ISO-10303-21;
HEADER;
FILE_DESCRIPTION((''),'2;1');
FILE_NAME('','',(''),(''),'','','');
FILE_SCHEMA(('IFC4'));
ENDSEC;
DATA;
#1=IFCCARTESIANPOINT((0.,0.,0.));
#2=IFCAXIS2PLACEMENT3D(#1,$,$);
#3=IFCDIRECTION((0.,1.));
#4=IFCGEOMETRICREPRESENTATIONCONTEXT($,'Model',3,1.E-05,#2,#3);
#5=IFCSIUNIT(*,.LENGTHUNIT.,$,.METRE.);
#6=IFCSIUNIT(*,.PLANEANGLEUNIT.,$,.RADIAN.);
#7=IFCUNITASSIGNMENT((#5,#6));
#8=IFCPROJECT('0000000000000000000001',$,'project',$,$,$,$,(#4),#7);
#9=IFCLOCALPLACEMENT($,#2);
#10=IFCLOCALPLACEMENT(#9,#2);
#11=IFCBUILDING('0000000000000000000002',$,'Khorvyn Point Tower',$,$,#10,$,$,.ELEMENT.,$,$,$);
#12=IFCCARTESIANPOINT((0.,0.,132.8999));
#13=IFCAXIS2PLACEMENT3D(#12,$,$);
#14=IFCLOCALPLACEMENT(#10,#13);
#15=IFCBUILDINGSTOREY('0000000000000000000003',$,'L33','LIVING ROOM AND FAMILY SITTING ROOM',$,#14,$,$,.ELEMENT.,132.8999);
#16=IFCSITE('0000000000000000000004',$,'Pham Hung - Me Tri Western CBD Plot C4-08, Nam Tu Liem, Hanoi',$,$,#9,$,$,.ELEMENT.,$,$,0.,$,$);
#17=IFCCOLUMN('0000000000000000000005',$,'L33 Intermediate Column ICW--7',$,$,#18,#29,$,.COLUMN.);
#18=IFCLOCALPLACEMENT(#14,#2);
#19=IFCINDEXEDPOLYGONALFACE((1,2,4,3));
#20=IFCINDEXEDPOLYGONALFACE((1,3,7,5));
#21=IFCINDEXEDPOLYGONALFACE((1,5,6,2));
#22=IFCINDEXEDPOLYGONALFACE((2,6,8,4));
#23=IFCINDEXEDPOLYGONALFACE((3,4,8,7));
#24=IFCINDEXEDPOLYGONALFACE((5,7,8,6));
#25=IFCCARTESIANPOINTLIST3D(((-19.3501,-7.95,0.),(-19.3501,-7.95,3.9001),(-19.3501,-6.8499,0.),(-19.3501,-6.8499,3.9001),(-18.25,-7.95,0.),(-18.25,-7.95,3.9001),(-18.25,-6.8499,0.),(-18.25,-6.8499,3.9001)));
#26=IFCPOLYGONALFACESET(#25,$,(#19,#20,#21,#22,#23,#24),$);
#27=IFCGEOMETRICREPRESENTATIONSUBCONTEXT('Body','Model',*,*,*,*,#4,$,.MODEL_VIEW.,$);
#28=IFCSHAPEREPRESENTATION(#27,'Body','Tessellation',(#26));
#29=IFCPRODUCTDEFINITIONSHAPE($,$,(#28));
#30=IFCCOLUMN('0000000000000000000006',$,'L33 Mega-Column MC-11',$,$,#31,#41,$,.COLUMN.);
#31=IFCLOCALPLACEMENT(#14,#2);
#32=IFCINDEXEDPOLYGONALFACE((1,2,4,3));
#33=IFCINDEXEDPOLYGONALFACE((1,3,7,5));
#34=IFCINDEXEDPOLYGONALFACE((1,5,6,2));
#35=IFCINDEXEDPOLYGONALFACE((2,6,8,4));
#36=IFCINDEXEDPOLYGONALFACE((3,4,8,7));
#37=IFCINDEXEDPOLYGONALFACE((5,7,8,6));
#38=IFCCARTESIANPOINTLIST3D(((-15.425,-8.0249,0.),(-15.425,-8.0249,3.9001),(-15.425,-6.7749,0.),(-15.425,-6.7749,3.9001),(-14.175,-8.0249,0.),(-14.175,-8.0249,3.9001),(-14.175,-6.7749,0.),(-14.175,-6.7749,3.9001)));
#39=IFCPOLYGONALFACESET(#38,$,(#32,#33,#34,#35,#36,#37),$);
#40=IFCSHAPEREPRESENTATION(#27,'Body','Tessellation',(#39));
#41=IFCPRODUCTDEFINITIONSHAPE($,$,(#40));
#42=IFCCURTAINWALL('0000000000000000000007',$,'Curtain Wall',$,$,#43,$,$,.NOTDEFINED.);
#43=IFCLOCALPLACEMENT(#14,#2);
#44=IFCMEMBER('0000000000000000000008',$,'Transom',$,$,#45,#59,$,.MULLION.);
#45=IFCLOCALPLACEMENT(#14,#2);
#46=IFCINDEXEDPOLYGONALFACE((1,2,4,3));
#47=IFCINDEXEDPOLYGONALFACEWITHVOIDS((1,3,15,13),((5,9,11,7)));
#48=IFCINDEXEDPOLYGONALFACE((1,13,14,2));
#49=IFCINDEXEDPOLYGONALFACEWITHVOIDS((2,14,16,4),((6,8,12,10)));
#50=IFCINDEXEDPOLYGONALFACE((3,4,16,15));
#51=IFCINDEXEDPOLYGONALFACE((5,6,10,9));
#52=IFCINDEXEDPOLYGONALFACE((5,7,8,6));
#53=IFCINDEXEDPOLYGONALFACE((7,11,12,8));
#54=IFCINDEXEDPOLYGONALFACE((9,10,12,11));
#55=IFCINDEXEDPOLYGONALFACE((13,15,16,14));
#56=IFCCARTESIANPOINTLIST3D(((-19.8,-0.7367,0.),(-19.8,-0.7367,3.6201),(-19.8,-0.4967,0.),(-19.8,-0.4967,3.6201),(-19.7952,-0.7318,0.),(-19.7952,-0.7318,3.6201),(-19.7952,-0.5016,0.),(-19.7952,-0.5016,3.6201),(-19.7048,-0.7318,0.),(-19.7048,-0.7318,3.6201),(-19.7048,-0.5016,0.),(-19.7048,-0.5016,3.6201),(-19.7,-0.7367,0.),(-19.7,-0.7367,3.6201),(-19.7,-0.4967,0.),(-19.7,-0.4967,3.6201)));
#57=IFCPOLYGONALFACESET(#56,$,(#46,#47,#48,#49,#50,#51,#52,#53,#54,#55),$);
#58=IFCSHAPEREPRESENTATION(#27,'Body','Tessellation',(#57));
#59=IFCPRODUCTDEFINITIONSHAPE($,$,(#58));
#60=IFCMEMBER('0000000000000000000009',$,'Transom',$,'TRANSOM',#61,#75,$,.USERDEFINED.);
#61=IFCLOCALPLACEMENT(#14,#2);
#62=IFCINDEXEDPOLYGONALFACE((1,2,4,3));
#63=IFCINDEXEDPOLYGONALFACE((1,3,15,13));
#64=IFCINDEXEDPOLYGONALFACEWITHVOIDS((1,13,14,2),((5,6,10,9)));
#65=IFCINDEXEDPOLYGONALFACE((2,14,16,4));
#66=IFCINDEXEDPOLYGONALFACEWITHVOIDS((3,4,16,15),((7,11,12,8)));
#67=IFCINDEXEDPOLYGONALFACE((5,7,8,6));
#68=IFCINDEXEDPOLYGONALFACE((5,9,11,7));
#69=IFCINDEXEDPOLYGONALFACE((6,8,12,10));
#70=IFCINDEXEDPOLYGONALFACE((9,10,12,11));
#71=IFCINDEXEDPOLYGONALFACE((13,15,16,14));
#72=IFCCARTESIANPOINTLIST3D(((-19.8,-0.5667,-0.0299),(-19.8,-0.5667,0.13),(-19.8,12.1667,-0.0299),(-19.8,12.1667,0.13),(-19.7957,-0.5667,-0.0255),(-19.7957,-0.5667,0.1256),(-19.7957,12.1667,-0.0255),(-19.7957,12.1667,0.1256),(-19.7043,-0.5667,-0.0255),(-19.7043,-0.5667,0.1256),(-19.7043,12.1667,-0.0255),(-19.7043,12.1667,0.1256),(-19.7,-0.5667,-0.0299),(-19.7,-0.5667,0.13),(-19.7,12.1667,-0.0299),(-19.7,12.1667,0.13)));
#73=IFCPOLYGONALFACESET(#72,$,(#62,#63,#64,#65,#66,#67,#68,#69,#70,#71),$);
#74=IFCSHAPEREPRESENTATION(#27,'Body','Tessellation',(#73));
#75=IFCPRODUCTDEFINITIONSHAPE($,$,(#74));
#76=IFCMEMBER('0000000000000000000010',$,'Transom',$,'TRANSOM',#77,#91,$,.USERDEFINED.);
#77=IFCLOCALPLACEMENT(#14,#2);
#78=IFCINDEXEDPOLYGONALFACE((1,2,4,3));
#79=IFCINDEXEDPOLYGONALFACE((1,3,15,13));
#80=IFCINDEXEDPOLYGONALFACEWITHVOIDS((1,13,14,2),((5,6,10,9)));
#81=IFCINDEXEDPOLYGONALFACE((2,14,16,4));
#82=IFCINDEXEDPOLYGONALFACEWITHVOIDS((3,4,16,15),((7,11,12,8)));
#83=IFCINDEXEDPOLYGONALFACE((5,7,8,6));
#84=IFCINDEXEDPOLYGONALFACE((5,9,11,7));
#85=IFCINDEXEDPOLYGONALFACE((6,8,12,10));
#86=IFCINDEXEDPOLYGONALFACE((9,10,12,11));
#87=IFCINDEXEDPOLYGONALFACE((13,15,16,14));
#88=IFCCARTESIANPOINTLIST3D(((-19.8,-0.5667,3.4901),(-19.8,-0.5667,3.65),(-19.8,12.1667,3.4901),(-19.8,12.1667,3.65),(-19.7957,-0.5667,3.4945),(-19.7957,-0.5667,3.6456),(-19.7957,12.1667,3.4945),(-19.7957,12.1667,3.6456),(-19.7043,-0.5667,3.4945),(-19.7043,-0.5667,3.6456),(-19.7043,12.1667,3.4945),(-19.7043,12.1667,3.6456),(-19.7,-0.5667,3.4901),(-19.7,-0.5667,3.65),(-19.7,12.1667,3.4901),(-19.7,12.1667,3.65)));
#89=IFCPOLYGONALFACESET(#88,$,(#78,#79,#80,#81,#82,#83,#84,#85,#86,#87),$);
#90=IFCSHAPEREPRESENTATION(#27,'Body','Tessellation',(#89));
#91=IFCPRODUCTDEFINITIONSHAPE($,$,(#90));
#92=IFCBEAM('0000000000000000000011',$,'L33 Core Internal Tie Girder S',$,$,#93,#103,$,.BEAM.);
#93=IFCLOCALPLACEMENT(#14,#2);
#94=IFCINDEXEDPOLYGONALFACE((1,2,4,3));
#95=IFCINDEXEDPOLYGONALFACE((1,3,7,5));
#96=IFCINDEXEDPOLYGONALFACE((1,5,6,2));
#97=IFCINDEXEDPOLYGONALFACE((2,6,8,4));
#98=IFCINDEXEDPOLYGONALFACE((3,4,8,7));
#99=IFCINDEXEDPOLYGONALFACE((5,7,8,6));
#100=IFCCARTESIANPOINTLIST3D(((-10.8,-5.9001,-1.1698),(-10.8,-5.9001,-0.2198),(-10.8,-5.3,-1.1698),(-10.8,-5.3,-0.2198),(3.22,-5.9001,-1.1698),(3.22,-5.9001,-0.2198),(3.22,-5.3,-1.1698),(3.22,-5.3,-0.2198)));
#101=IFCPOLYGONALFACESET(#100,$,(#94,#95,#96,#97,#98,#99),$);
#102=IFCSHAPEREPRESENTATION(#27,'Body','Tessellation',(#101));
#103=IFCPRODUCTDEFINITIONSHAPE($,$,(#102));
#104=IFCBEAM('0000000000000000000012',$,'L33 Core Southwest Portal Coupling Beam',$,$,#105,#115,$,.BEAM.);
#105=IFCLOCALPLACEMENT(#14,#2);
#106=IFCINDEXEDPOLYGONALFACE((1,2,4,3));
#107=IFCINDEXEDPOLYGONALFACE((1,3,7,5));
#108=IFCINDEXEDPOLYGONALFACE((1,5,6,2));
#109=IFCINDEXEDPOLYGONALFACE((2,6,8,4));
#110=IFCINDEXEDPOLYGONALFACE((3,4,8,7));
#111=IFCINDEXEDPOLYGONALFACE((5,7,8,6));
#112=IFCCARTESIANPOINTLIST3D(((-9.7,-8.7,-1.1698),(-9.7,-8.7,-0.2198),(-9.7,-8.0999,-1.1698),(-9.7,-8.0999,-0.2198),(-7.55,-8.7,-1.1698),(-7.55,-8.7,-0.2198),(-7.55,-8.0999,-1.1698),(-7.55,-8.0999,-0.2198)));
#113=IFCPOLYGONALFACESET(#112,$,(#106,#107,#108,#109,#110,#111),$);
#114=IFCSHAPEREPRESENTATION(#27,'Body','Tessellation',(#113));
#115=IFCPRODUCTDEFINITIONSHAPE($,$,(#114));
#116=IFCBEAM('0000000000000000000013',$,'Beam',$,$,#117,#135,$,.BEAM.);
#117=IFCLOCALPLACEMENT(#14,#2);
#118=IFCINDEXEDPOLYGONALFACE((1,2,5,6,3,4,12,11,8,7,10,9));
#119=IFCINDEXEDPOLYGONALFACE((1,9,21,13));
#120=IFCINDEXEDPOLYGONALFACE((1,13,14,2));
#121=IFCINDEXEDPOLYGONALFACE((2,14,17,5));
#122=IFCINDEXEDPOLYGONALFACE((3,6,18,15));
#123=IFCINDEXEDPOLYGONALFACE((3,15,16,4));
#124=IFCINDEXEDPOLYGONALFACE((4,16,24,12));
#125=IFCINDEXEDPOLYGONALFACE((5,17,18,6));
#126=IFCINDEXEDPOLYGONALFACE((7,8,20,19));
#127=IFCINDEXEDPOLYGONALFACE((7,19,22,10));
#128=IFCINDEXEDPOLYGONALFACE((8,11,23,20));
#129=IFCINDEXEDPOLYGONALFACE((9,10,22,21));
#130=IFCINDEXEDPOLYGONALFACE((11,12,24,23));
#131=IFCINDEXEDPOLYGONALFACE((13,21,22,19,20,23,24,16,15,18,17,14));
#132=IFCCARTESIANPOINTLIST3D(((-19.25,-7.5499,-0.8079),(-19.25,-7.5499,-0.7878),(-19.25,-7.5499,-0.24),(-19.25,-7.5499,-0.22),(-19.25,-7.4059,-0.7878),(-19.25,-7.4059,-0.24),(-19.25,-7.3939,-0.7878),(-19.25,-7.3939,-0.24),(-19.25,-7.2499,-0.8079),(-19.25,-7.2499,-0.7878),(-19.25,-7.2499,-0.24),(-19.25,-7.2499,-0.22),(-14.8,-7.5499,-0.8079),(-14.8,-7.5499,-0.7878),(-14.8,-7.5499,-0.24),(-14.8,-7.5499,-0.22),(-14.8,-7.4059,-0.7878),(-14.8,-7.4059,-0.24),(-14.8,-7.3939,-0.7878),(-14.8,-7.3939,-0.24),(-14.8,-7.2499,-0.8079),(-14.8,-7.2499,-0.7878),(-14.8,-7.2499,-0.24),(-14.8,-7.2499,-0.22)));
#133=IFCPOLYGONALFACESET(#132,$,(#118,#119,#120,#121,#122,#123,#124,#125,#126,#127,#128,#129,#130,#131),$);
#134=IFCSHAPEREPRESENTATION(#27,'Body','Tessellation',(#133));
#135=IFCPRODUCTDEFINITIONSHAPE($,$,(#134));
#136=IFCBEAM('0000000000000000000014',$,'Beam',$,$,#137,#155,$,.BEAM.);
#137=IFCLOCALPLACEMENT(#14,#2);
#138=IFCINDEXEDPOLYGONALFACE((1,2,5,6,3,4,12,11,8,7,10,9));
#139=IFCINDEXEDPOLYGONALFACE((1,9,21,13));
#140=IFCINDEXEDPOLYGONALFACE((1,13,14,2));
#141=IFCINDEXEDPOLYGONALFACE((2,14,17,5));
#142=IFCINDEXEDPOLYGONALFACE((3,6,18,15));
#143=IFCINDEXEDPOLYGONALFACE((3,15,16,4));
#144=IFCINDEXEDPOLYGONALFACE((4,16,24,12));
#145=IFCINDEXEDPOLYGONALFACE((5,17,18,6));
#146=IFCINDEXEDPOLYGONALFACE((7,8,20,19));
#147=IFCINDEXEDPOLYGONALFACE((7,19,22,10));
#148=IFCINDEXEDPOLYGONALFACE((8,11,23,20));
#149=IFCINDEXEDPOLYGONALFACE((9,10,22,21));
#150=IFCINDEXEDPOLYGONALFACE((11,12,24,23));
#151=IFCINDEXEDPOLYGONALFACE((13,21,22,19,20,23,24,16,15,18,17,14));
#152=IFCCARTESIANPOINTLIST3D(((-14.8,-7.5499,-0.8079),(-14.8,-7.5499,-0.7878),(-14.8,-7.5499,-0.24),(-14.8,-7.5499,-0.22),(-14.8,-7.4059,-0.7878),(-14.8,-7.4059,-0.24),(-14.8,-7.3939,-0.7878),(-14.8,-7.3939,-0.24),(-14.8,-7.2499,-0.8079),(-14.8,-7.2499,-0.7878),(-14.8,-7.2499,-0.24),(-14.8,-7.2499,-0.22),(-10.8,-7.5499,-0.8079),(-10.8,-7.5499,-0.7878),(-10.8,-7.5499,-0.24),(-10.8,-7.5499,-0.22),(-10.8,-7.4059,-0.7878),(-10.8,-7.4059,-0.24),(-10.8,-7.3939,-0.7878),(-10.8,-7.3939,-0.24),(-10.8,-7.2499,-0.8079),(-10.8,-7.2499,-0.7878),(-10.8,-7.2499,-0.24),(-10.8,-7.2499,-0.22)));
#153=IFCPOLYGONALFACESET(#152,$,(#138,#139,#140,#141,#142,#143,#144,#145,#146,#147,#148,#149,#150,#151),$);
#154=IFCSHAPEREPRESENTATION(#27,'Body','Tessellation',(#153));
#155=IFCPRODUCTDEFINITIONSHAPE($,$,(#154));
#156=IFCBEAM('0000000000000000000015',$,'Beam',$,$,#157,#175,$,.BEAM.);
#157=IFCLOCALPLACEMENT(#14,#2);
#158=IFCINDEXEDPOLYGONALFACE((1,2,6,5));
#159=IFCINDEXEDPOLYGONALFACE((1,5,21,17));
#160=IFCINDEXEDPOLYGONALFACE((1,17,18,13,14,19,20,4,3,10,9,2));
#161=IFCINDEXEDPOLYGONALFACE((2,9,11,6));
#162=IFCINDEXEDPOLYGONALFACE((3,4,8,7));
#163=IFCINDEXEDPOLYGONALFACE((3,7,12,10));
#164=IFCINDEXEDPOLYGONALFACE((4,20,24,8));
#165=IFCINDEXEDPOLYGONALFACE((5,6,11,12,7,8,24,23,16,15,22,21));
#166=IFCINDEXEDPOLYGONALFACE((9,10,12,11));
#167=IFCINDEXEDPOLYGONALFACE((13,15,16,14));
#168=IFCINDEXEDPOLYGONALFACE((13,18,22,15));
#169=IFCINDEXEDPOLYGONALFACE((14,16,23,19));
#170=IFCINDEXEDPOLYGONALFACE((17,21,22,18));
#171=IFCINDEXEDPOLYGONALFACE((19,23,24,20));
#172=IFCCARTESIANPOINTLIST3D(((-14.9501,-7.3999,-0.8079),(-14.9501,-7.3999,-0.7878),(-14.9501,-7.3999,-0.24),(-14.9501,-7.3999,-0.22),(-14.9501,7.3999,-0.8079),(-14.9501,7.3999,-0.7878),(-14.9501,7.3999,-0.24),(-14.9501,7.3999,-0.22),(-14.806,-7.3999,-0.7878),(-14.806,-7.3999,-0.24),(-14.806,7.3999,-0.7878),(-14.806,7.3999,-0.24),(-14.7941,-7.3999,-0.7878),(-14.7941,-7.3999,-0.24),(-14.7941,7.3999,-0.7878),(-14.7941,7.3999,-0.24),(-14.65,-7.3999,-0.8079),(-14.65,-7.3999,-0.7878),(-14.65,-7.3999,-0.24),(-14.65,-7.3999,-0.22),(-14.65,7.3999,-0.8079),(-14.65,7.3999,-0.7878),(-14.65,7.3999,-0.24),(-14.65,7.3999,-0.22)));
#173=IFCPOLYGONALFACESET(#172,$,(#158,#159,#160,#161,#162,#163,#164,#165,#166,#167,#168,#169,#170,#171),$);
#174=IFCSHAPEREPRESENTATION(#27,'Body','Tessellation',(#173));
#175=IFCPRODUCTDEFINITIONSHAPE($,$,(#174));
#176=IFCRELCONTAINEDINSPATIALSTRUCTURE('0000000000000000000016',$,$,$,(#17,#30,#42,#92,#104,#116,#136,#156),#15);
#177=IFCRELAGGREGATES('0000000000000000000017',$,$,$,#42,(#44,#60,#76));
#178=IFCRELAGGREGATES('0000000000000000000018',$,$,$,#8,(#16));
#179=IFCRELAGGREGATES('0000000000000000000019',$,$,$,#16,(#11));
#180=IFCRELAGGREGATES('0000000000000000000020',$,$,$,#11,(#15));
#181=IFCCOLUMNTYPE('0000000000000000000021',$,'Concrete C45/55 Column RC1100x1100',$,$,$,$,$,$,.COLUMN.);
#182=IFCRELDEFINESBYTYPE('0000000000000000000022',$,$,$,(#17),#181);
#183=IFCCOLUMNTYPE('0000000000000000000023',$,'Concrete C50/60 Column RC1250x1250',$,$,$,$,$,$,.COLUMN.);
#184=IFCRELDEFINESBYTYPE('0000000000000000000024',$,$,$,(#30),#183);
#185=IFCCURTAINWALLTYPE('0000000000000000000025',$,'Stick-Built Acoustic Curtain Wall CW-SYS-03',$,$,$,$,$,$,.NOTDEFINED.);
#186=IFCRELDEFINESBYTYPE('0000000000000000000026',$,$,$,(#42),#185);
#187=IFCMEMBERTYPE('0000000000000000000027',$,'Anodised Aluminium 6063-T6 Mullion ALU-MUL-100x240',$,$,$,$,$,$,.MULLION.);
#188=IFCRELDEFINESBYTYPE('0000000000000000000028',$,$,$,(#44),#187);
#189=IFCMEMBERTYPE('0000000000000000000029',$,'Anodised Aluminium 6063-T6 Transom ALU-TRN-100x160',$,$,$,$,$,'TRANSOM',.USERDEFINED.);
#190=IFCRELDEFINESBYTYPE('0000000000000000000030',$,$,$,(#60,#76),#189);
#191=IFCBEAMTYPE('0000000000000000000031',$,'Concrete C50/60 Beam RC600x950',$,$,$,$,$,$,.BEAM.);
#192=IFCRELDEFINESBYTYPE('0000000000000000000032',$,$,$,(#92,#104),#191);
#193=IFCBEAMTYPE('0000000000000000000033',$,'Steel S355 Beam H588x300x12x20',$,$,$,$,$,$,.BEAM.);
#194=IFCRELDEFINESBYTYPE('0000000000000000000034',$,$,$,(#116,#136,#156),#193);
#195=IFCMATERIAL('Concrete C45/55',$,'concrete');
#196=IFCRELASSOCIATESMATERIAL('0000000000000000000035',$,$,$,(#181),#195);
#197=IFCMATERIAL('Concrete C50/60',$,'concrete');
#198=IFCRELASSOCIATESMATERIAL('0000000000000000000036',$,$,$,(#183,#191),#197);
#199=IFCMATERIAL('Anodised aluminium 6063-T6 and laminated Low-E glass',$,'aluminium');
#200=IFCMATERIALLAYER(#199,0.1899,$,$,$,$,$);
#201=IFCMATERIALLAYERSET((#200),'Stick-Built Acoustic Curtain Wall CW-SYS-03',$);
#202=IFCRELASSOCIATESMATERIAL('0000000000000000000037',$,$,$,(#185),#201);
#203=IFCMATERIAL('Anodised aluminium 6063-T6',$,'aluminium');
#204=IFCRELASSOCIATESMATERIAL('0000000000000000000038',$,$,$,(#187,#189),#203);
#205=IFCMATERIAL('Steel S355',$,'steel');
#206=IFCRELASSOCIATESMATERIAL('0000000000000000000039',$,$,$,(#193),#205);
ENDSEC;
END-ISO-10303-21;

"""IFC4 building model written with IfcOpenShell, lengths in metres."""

from ifc_helpers import new_model, si_unit, direction, frame, origin, origin_2d, place, context, subcontext, project, spatial, rectangle, hollow_rectangle, i_section, extrude, material, layer, layer_set, material_profile, profile_set, type_object, element, aggregate, save


model = new_model("IFC4")

# Units and contexts
model_context = context("Model", 3, precision=1e-05, world=origin(), true_north=direction((0.0, 1.0)))
body_context = subcontext(model_context, "Body", "Model", "MODEL_VIEW")
ifc_project = project(units=[si_unit("LENGTHUNIT", "METRE"), si_unit("PLANEANGLEUNIT", "RADIAN")], contexts=[model_context])

# Site, building, storey
site_placement = place(None, origin())
site = spatial("IfcSite", under=ifc_project, at=site_placement, Name="Pham Hung - Me Tri Western CBD Plot C4-08, Nam Tu Liem, Hanoi", CompositionType="ELEMENT", RefElevation=0.0)
building_placement = place(site_placement, origin())
building = spatial("IfcBuilding", under=site, at=building_placement, Name="Khorvyn Point Tower", CompositionType="ELEMENT")
storey_placement = place(building_placement, frame((0.0, 0.0, 132.8999)))
storey = spatial("IfcBuildingStorey", under=building, at=storey_placement, Name="L33", Description="LIVING ROOM AND FAMILY SITTING ROOM", CompositionType="ELEMENT", Elevation=132.8999)

# Columns
ifc_material_1 = material(Name="Concrete C45/55", Category="concrete")
ifc_material_profile_1 = material_profile(ifc_material_1, rectangle(XDim=1.1001, YDim=1.1001, at=origin_2d()))
ifc_profile_set_1 = profile_set([ifc_material_profile_1], Name="Concrete C45/55 RC1100x1100")
column_type_1 = type_object("IfcColumnType", Name="Concrete C45/55 Column RC1100x1100", PredefinedType="COLUMN", material=ifc_profile_set_1)
column_1_placement = place(storey_placement, frame((-18.8, -7.3999, 0.0), z_axis=(0.0, 0.0, 1.0), x_axis=(1.0, 0.0, 0.0)))
element("IfcColumn", 1, at=column_1_placement, inside=storey, type_object=column_type_1, Name="L33 Intermediate Column ICW--7", PredefinedType="COLUMN", context=body_context, shape_type="SweptSolid", body=[
    extrude(rectangle(XDim=1.1001, YDim=1.1001, at=origin_2d()), origin(), (0.0, 0.0, 1.0), 3.9001),
])
ifc_material_2 = material(Name="Concrete C50/60", Category="concrete")
ifc_material_profile_2 = material_profile(ifc_material_2, rectangle(XDim=1.25, YDim=1.25, at=origin_2d()))
ifc_profile_set_2 = profile_set([ifc_material_profile_2], Name="Concrete C50/60 RC1250x1250")
column_type_2 = type_object("IfcColumnType", Name="Concrete C50/60 Column RC1250x1250", PredefinedType="COLUMN", material=ifc_profile_set_2)
column_2_placement = place(storey_placement, frame((-14.8, -7.3999, 0.0), z_axis=(0.0, 0.0, 1.0), x_axis=(1.0, 0.0, 0.0)))
element("IfcColumn", 2, at=column_2_placement, inside=storey, type_object=column_type_2, Name="L33 Mega-Column MC-11", PredefinedType="COLUMN", context=body_context, shape_type="SweptSolid", body=[
    extrude(rectangle(XDim=1.25, YDim=1.25, at=origin_2d()), origin(), (0.0, 0.0, 1.0), 3.9001),
])

# Curtain wall, members
ifc_material_3 = material(Name="Anodised aluminium 6063-T6 and laminated Low-E glass", Category="aluminium")
ifc_layer_1 = layer(ifc_material_3, 0.1899)
ifc_layer_set_1 = layer_set([ifc_layer_1], Name="Stick-Built Acoustic Curtain Wall CW-SYS-03")
curtain_wall_type = type_object("IfcCurtainWallType", Name="Stick-Built Acoustic Curtain Wall CW-SYS-03", PredefinedType="NOTDEFINED", material=ifc_layer_set_1)
curtain_wall_placement = place(storey_placement, origin())
curtain_wall = element("IfcCurtainWall", 3, at=curtain_wall_placement, inside=storey, type_object=curtain_wall_type, Name="Curtain Wall", PredefinedType="NOTDEFINED")
ifc_material_4 = material(Name="Anodised aluminium 6063-T6", Category="aluminium")
ifc_material_profile_3 = material_profile(ifc_material_4, hollow_rectangle(XDim=0.1001, YDim=0.24, WallThickness=0.0049, at=origin_2d()))
ifc_profile_set_3 = profile_set([ifc_material_profile_3], Name="Anodised aluminium 6063-T6 ALU-MUL-100x240")
member_type_1 = type_object("IfcMemberType", Name="Anodised Aluminium 6063-T6 Mullion ALU-MUL-100x240", PredefinedType="MULLION", material=ifc_profile_set_3)
member_1_placement = place(storey_placement, frame((-19.75, -0.6167, 0.0), z_axis=(0.0, 0.0, 1.0), x_axis=(-1.0, 0.0, 0.0)))
member_1 = element("IfcMember", 4, at=member_1_placement, type_object=member_type_1, Name="Transom", PredefinedType="MULLION", context=body_context, shape_type="SweptSolid", body=[
    extrude(hollow_rectangle(XDim=0.1001, YDim=0.24, WallThickness=0.0049, at=origin_2d()), origin(), (0.0, 0.0, 1.0), 3.6201),
])
ifc_material_profile_4 = material_profile(ifc_material_4, hollow_rectangle(XDim=0.1001, YDim=0.1599, WallThickness=0.0044, at=origin_2d()))
ifc_profile_set_4 = profile_set([ifc_material_profile_4], Name="Anodised aluminium 6063-T6 ALU-TRN-100x160")
member_type_2 = type_object("IfcMemberType", Name="Anodised Aluminium 6063-T6 Transom ALU-TRN-100x160", ElementType="TRANSOM", PredefinedType="USERDEFINED", material=ifc_profile_set_4)
member_2_placement = place(storey_placement, frame((-19.75, -0.5667, 0.05), z_axis=(0.0, 1.0, 0.0), x_axis=(-1.0, 0.0, 0.0)))
member_2 = element("IfcMember", 5, at=member_2_placement, type_object=member_type_2, Name="Transom", ObjectType="TRANSOM", PredefinedType="USERDEFINED", context=body_context, shape_type="SweptSolid", body=[
    extrude(hollow_rectangle(XDim=0.1001, YDim=0.1599, WallThickness=0.0044, at=origin_2d()), origin(), (0.0, 0.0, 1.0), 12.7334),
])
member_3_placement = place(storey_placement, frame((-19.75, -0.5667, 3.5701), z_axis=(0.0, 1.0, 0.0), x_axis=(-1.0, 0.0, 0.0)))
member_3 = element("IfcMember", 6, at=member_3_placement, type_object=member_type_2, Name="Transom", ObjectType="TRANSOM", PredefinedType="USERDEFINED", context=body_context, shape_type="SweptSolid", body=[
    extrude(hollow_rectangle(XDim=0.1001, YDim=0.1599, WallThickness=0.0044, at=origin_2d()), origin(), (0.0, 0.0, 1.0), 12.7334),
])

# Beams
ifc_material_profile_5 = material_profile(ifc_material_2, rectangle(XDim=0.6001, YDim=0.95, at=origin_2d()))
ifc_profile_set_5 = profile_set([ifc_material_profile_5], Name="Concrete C50/60 RC600x950")
beam_type_1 = type_object("IfcBeamType", Name="Concrete C50/60 Beam RC600x950", PredefinedType="BEAM", material=ifc_profile_set_5)
beam_1_placement = place(storey_placement, frame((-10.8, -5.6001, -0.6948), z_axis=(1.0, 0.0, 0.0), x_axis=(0.0, 1.0, 0.0)))
element("IfcBeam", 7, at=beam_1_placement, inside=storey, type_object=beam_type_1, Name="L33 Core Internal Tie Girder S", PredefinedType="BEAM", context=body_context, shape_type="SweptSolid", body=[
    extrude(rectangle(XDim=0.6001, YDim=0.95, at=origin_2d()), origin(), (0.0, 0.0, 1.0), 14.02),
])
beam_2_placement = place(storey_placement, frame((-9.7, -8.3999, -0.6948), z_axis=(1.0, 0.0, 0.0), x_axis=(0.0, 1.0, 0.0)))
element("IfcBeam", 8, at=beam_2_placement, inside=storey, type_object=beam_type_1, Name="L33 Core Southwest Portal Coupling Beam", PredefinedType="BEAM", context=body_context, shape_type="SweptSolid", body=[
    extrude(rectangle(XDim=0.6001, YDim=0.95, at=origin_2d()), origin(), (0.0, 0.0, 1.0), 2.1499),
])
ifc_material_5 = material(Name="Steel S355", Category="steel")
ifc_material_profile_6 = material_profile(ifc_material_5, i_section(OverallWidth=0.3, OverallDepth=0.5879, WebThickness=0.012, FlangeThickness=0.02, at=origin_2d()))
ifc_profile_set_6 = profile_set([ifc_material_profile_6], Name="Steel S355 H588x300x12x20")
beam_type_2 = type_object("IfcBeamType", Name="Steel S355 Beam H588x300x12x20", PredefinedType="BEAM", material=ifc_profile_set_6)
beam_3_placement = place(storey_placement, frame((-19.25, -7.3999, -0.5139), z_axis=(1.0, 0.0, 0.0), x_axis=(0.0, 1.0, 0.0)))
element("IfcBeam", 9, at=beam_3_placement, inside=storey, type_object=beam_type_2, Name="Beam", PredefinedType="BEAM", context=body_context, shape_type="SweptSolid", body=[
    extrude(i_section(OverallWidth=0.3, OverallDepth=0.5879, WebThickness=0.012, FlangeThickness=0.02, at=origin_2d()), origin(), (0.0, 0.0, 1.0), 4.45),
])
beam_4_placement = place(storey_placement, frame((-14.8, -7.3999, -0.5139), z_axis=(1.0, 0.0, 0.0), x_axis=(0.0, 1.0, 0.0)))
element("IfcBeam", 10, at=beam_4_placement, inside=storey, type_object=beam_type_2, Name="Beam", PredefinedType="BEAM", context=body_context, shape_type="SweptSolid", body=[
    extrude(i_section(OverallWidth=0.3, OverallDepth=0.5879, WebThickness=0.012, FlangeThickness=0.02, at=origin_2d()), origin(), (0.0, 0.0, 1.0), 4.0),
])
for number, where, z_axis, x_axis, name in (
    (11, (-14.8, -7.3999, -0.5139), (0.0, 1.0, 0.0), (-1.0, 0.0, 0.0), "Beam"),
):
    element("IfcBeam", number, at=place(storey_placement, frame(where, z_axis=z_axis, x_axis=x_axis)), inside=storey, type_object=beam_type_2, Name=name, PredefinedType="BEAM", context=body_context, shape_type="SweptSolid", body=[
        extrude(i_section(OverallWidth=0.3, OverallDepth=0.5879, WebThickness=0.012, FlangeThickness=0.02, at=origin_2d()), origin(), (0.0, 0.0, 1.0), 14.7998),
    ])

aggregate(curtain_wall, [member_1, member_2, member_3])

save(model, "model.ifc")
